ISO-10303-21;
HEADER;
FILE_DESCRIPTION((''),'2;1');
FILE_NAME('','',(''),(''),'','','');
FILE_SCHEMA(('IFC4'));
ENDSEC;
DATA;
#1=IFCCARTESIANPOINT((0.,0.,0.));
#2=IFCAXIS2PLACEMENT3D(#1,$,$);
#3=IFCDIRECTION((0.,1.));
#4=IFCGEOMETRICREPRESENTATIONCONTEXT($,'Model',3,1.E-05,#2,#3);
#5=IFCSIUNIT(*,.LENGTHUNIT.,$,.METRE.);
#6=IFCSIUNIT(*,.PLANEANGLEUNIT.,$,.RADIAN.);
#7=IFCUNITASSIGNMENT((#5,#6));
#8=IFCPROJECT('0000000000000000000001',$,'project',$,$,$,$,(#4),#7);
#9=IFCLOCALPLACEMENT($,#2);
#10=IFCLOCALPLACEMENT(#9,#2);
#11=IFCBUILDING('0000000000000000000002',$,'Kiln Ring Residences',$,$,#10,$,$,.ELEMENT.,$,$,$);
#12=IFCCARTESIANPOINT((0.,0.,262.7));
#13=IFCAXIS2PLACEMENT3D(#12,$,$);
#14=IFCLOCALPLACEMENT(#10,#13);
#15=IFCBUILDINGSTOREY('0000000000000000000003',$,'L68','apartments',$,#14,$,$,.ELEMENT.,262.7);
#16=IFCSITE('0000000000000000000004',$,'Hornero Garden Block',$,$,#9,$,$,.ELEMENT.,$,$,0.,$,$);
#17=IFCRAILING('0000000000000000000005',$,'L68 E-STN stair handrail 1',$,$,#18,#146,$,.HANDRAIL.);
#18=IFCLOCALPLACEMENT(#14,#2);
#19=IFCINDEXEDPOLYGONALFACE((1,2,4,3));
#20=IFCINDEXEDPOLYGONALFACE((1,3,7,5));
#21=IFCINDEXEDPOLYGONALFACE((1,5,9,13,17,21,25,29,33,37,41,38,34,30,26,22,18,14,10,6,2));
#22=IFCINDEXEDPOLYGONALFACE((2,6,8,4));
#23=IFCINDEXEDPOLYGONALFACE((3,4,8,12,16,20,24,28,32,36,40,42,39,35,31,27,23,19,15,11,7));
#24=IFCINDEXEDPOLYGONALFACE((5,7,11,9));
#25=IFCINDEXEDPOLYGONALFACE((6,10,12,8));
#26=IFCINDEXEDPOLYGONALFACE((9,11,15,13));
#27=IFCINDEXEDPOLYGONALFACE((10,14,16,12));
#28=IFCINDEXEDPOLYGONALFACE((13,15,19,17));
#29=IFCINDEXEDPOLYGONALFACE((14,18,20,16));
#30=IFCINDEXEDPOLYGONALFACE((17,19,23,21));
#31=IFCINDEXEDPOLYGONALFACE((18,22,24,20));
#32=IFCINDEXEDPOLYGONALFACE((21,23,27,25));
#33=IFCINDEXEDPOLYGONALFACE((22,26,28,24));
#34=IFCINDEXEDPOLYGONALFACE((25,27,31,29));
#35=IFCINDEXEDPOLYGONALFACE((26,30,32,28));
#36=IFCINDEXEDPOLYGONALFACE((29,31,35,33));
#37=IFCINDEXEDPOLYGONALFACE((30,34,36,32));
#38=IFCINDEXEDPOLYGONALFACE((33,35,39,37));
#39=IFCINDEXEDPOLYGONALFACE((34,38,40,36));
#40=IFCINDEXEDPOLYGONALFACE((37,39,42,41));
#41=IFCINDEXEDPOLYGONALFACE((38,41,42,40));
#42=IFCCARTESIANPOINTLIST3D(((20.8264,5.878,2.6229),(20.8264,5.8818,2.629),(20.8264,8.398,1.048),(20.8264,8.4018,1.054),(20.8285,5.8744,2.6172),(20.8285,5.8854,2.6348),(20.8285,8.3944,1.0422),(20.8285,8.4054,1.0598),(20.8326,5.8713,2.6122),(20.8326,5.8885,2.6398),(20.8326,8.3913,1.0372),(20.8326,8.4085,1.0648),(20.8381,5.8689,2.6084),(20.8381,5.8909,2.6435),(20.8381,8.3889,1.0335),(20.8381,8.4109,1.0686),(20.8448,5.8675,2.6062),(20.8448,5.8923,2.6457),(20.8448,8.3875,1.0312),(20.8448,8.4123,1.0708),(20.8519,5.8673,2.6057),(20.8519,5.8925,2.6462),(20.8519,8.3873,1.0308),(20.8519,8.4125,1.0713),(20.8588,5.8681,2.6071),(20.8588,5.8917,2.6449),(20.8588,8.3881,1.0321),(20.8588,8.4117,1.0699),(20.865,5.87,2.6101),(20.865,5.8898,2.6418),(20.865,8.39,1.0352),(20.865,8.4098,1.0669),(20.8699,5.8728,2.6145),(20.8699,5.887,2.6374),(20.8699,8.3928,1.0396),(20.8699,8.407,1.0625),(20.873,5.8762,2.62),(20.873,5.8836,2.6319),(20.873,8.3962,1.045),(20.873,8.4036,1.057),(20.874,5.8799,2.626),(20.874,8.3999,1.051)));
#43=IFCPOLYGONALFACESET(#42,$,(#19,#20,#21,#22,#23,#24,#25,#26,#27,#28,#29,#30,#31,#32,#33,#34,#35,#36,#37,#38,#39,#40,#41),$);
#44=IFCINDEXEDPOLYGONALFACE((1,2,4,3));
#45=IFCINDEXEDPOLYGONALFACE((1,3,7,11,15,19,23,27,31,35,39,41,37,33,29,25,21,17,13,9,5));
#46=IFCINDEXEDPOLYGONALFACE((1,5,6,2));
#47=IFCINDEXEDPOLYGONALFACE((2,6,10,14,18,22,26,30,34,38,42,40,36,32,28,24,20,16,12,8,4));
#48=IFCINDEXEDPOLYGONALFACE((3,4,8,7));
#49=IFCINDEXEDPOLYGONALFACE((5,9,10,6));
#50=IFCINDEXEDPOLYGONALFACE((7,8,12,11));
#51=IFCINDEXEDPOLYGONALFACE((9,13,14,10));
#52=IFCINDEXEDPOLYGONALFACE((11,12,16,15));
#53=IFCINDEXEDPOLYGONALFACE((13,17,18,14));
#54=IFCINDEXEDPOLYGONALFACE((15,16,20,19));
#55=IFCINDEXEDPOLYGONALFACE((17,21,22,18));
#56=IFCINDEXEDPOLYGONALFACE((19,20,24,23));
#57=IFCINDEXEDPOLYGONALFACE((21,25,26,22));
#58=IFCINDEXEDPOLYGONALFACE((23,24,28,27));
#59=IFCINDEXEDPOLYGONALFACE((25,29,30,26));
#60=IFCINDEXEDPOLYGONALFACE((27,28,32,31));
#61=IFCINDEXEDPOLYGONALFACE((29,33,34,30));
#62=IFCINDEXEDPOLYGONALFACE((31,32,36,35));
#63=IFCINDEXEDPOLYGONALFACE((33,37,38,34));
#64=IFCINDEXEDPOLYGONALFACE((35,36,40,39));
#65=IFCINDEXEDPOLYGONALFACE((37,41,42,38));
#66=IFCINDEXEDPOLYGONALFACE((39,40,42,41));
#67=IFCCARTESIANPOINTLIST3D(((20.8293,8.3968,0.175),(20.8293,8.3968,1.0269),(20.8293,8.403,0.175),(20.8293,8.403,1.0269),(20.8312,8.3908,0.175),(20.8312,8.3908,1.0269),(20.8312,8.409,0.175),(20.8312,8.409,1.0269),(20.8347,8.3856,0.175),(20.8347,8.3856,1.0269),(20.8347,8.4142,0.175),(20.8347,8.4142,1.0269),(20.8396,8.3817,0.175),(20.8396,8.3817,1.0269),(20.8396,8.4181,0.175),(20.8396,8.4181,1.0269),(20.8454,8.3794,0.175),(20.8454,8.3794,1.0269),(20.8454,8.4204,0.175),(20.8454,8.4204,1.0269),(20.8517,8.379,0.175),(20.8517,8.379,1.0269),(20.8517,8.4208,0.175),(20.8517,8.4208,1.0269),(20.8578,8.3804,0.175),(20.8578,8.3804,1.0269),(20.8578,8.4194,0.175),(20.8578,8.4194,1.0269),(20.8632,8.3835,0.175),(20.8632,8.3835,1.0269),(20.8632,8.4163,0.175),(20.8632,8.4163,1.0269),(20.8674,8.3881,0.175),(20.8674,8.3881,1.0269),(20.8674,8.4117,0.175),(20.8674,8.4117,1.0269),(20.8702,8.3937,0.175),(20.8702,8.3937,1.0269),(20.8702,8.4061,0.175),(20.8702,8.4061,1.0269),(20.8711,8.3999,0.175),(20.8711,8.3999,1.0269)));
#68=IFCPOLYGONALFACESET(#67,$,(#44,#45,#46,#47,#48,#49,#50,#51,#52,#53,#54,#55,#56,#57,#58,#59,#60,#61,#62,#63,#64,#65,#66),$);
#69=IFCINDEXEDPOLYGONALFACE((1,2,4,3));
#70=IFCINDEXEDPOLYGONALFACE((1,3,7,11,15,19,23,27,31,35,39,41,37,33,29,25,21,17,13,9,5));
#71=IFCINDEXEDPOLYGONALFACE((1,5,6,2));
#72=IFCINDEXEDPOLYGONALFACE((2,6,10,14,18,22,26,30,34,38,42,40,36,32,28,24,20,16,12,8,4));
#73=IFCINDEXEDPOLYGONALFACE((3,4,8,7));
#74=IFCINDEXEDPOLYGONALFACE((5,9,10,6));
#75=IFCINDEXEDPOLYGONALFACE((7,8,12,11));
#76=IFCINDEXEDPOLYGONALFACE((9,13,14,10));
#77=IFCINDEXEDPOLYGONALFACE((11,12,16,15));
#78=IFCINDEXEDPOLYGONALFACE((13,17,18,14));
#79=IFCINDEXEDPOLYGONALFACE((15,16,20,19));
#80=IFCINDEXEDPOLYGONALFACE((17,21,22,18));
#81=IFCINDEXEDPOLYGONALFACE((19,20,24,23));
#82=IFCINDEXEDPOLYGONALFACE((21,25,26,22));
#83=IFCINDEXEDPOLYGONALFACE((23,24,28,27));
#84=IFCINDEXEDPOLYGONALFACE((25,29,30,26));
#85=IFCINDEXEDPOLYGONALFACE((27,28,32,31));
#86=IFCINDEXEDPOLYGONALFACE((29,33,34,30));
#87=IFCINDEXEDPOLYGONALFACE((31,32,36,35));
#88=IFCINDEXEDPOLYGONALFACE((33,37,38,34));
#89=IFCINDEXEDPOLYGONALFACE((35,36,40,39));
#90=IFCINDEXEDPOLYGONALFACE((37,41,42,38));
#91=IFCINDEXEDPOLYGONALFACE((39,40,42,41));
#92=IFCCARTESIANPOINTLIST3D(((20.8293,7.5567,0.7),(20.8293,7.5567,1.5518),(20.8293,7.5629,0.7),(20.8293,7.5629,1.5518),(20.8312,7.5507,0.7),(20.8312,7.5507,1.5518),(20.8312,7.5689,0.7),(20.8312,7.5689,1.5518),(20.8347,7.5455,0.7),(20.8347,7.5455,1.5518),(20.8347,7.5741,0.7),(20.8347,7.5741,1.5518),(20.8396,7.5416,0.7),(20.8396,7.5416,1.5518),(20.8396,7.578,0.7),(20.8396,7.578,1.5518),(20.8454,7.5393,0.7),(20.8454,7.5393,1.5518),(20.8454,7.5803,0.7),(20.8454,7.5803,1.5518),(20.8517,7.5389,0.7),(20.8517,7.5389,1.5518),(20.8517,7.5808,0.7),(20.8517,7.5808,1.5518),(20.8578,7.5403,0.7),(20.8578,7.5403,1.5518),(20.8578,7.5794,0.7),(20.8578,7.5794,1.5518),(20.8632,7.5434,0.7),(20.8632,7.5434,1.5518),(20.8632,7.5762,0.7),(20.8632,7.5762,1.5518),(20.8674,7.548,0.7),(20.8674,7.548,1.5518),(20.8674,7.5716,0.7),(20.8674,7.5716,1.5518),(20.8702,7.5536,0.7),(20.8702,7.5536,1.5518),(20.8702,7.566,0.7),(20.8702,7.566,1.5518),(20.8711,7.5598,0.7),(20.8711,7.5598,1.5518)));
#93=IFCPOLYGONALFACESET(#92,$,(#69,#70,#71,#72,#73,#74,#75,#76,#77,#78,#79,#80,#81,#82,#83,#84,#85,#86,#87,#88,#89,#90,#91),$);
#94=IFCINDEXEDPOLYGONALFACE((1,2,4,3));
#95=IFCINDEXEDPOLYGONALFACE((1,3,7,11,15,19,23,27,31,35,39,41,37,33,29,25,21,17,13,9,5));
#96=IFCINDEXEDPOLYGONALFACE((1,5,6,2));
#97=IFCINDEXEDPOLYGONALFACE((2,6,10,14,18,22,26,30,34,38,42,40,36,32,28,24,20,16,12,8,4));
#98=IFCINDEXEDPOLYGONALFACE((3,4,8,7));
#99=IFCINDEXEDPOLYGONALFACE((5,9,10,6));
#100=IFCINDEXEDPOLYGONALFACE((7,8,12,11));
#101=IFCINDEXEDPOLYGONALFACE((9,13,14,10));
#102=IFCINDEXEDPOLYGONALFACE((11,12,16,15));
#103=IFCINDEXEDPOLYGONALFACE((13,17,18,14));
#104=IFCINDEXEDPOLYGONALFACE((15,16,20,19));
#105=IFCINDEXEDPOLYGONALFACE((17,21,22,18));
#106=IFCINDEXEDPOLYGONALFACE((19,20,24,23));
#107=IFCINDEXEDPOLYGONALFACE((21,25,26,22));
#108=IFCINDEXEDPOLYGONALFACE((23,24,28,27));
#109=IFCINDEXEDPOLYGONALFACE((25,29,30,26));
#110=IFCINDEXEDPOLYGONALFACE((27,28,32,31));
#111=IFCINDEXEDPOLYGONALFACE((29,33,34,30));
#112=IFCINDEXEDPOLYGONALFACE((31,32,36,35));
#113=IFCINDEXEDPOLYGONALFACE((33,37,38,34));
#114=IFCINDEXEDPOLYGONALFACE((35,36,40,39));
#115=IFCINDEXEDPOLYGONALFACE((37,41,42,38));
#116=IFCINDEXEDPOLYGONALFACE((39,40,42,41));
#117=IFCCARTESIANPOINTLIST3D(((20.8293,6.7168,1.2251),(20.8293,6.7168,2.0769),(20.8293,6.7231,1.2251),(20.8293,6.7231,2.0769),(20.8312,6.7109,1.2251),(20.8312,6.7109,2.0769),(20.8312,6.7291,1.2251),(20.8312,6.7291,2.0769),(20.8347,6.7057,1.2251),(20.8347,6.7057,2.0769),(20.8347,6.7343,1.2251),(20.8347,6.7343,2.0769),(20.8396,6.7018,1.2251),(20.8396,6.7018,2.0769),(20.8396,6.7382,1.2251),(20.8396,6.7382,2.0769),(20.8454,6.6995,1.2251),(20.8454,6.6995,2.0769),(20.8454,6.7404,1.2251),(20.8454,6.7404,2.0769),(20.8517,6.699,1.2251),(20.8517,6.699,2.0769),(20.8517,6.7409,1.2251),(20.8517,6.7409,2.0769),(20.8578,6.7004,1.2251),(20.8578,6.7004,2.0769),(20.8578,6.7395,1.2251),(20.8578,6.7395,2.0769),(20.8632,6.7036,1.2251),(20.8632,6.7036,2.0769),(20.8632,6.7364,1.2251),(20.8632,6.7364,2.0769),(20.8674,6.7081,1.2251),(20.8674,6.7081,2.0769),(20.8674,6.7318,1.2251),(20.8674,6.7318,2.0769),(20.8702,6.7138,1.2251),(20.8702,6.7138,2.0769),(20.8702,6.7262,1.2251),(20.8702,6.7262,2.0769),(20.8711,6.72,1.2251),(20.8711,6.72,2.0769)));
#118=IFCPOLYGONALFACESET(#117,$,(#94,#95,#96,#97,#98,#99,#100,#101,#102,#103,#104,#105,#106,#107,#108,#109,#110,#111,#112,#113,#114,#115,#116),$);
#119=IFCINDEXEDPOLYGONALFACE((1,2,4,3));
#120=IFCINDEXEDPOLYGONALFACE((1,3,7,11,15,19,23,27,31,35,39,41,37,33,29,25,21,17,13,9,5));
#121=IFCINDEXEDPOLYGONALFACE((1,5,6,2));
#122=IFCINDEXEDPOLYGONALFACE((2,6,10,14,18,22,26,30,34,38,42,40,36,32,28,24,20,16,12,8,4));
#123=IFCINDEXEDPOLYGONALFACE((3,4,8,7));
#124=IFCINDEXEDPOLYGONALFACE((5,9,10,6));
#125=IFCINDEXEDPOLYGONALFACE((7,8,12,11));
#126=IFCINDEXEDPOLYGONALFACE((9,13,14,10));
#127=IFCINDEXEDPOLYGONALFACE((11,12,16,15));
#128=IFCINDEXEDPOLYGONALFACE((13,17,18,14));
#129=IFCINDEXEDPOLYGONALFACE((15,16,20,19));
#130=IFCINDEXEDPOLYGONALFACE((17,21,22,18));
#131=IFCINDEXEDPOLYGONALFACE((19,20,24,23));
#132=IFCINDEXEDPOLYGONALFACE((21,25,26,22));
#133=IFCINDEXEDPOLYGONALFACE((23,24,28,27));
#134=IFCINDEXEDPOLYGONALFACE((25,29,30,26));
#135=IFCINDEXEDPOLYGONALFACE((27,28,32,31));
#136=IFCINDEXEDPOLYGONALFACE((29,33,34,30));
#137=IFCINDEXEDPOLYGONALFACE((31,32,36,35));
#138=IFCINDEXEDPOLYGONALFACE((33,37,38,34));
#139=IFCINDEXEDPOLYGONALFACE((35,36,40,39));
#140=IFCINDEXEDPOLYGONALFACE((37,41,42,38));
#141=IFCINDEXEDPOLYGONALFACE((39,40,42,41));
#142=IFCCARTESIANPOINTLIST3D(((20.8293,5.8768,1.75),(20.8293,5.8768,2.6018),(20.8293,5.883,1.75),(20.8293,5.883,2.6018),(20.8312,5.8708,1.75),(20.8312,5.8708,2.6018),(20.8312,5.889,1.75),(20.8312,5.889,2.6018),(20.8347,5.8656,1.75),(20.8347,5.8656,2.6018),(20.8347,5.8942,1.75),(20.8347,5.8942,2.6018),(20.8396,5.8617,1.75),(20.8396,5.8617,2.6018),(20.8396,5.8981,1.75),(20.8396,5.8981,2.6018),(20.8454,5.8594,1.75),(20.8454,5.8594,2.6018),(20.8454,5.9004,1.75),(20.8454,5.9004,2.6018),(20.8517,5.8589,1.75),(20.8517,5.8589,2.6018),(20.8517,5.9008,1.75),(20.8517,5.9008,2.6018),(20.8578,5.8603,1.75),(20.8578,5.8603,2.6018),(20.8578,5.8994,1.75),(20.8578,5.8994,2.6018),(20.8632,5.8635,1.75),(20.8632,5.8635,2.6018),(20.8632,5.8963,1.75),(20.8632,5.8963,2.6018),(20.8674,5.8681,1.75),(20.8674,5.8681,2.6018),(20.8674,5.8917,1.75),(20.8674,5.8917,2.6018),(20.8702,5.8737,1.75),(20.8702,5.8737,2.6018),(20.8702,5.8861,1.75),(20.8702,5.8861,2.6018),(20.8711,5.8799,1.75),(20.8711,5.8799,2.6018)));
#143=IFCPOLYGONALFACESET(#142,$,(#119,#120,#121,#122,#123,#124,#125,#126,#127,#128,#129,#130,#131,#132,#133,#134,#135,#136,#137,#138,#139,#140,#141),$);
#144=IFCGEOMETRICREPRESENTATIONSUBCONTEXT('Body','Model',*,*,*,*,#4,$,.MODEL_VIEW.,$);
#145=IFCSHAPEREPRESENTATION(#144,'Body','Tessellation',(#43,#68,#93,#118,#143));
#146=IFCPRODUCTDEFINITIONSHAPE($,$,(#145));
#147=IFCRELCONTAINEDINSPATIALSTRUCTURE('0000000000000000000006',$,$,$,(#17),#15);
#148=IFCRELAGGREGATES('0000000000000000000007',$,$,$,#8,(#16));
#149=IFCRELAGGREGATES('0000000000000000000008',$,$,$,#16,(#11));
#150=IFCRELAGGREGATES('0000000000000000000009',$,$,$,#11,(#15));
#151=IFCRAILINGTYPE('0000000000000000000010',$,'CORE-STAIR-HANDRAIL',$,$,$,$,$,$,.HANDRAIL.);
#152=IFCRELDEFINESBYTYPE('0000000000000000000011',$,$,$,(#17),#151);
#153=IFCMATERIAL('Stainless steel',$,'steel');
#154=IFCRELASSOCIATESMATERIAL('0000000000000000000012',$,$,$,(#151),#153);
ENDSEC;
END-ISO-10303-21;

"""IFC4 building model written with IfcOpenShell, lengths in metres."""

from ifc_helpers import new_model, si_unit, direction, frame, origin, origin_2d, place, context, subcontext, project, spatial, circle, extrude, material, type_object, element, save


model = new_model("IFC4")

# Units and contexts
model_context = context("Model", 3, precision=1e-05, world=origin(), true_north=direction((0.0, 1.0)))
body_context = subcontext(model_context, "Body", "Model", "MODEL_VIEW")
ifc_project = project(units=[si_unit("LENGTHUNIT", "METRE"), si_unit("PLANEANGLEUNIT", "RADIAN")], contexts=[model_context])

# Site, building, storey
site_placement = place(None, origin())
site = spatial("IfcSite", under=ifc_project, at=site_placement, Name="Hornero Garden Block", CompositionType="ELEMENT", RefElevation=0.0)
building_placement = place(site_placement, origin())
building = spatial("IfcBuilding", under=site, at=building_placement, Name="Kiln Ring Residences", CompositionType="ELEMENT")
storey_placement = place(building_placement, frame((0.0, 0.0, 262.7)))
storey = spatial("IfcBuildingStorey", under=building, at=storey_placement, Name="L68", Description="apartments", CompositionType="ELEMENT", Elevation=262.7)

# Railing
ifc_material_1 = material(Name="Stainless steel", Category="steel")
railing_type_1 = type_object("IfcRailingType", Name="CORE-STAIR-HANDRAIL", PredefinedType="HANDRAIL", material=ifc_material_1)
railing_1_placement = place(storey_placement, frame((20.8501, 8.3999, 0.175)))
element("IfcRailing", 1, at=railing_1_placement, inside=storey, type_object=railing_type_1, Name="L68 E-STN stair handrail 1", PredefinedType="HANDRAIL", context=body_context, shape_type="SweptSolid", body=[
    extrude(circle(Radius=0.0239, at=origin_2d()), frame((0.0, 0.0, 0.876), z_axis=(0.0, -0.848008, 0.529984), x_axis=(1.0, 0.0, 0.0)), (0.0, 0.0, 1.0), 2.9717),
    extrude(circle(Radius=0.021, at=origin_2d()), origin(), (0.0, 0.0, 1.0), 0.8518),
    extrude(circle(Radius=0.021, at=origin_2d()), frame((0.0, -0.8401, 0.5249)), (0.0, 0.0, 1.0), 0.8518),
    extrude(circle(Radius=0.021, at=origin_2d()), frame((0.0, -1.6799, 1.05)), (0.0, 0.0, 1.0), 0.8518),
    extrude(circle(Radius=0.021, at=origin_2d()), frame((0.0, -2.52, 1.575)), (0.0, 0.0, 1.0), 0.8518),
])

save(model, "model.ifc")
